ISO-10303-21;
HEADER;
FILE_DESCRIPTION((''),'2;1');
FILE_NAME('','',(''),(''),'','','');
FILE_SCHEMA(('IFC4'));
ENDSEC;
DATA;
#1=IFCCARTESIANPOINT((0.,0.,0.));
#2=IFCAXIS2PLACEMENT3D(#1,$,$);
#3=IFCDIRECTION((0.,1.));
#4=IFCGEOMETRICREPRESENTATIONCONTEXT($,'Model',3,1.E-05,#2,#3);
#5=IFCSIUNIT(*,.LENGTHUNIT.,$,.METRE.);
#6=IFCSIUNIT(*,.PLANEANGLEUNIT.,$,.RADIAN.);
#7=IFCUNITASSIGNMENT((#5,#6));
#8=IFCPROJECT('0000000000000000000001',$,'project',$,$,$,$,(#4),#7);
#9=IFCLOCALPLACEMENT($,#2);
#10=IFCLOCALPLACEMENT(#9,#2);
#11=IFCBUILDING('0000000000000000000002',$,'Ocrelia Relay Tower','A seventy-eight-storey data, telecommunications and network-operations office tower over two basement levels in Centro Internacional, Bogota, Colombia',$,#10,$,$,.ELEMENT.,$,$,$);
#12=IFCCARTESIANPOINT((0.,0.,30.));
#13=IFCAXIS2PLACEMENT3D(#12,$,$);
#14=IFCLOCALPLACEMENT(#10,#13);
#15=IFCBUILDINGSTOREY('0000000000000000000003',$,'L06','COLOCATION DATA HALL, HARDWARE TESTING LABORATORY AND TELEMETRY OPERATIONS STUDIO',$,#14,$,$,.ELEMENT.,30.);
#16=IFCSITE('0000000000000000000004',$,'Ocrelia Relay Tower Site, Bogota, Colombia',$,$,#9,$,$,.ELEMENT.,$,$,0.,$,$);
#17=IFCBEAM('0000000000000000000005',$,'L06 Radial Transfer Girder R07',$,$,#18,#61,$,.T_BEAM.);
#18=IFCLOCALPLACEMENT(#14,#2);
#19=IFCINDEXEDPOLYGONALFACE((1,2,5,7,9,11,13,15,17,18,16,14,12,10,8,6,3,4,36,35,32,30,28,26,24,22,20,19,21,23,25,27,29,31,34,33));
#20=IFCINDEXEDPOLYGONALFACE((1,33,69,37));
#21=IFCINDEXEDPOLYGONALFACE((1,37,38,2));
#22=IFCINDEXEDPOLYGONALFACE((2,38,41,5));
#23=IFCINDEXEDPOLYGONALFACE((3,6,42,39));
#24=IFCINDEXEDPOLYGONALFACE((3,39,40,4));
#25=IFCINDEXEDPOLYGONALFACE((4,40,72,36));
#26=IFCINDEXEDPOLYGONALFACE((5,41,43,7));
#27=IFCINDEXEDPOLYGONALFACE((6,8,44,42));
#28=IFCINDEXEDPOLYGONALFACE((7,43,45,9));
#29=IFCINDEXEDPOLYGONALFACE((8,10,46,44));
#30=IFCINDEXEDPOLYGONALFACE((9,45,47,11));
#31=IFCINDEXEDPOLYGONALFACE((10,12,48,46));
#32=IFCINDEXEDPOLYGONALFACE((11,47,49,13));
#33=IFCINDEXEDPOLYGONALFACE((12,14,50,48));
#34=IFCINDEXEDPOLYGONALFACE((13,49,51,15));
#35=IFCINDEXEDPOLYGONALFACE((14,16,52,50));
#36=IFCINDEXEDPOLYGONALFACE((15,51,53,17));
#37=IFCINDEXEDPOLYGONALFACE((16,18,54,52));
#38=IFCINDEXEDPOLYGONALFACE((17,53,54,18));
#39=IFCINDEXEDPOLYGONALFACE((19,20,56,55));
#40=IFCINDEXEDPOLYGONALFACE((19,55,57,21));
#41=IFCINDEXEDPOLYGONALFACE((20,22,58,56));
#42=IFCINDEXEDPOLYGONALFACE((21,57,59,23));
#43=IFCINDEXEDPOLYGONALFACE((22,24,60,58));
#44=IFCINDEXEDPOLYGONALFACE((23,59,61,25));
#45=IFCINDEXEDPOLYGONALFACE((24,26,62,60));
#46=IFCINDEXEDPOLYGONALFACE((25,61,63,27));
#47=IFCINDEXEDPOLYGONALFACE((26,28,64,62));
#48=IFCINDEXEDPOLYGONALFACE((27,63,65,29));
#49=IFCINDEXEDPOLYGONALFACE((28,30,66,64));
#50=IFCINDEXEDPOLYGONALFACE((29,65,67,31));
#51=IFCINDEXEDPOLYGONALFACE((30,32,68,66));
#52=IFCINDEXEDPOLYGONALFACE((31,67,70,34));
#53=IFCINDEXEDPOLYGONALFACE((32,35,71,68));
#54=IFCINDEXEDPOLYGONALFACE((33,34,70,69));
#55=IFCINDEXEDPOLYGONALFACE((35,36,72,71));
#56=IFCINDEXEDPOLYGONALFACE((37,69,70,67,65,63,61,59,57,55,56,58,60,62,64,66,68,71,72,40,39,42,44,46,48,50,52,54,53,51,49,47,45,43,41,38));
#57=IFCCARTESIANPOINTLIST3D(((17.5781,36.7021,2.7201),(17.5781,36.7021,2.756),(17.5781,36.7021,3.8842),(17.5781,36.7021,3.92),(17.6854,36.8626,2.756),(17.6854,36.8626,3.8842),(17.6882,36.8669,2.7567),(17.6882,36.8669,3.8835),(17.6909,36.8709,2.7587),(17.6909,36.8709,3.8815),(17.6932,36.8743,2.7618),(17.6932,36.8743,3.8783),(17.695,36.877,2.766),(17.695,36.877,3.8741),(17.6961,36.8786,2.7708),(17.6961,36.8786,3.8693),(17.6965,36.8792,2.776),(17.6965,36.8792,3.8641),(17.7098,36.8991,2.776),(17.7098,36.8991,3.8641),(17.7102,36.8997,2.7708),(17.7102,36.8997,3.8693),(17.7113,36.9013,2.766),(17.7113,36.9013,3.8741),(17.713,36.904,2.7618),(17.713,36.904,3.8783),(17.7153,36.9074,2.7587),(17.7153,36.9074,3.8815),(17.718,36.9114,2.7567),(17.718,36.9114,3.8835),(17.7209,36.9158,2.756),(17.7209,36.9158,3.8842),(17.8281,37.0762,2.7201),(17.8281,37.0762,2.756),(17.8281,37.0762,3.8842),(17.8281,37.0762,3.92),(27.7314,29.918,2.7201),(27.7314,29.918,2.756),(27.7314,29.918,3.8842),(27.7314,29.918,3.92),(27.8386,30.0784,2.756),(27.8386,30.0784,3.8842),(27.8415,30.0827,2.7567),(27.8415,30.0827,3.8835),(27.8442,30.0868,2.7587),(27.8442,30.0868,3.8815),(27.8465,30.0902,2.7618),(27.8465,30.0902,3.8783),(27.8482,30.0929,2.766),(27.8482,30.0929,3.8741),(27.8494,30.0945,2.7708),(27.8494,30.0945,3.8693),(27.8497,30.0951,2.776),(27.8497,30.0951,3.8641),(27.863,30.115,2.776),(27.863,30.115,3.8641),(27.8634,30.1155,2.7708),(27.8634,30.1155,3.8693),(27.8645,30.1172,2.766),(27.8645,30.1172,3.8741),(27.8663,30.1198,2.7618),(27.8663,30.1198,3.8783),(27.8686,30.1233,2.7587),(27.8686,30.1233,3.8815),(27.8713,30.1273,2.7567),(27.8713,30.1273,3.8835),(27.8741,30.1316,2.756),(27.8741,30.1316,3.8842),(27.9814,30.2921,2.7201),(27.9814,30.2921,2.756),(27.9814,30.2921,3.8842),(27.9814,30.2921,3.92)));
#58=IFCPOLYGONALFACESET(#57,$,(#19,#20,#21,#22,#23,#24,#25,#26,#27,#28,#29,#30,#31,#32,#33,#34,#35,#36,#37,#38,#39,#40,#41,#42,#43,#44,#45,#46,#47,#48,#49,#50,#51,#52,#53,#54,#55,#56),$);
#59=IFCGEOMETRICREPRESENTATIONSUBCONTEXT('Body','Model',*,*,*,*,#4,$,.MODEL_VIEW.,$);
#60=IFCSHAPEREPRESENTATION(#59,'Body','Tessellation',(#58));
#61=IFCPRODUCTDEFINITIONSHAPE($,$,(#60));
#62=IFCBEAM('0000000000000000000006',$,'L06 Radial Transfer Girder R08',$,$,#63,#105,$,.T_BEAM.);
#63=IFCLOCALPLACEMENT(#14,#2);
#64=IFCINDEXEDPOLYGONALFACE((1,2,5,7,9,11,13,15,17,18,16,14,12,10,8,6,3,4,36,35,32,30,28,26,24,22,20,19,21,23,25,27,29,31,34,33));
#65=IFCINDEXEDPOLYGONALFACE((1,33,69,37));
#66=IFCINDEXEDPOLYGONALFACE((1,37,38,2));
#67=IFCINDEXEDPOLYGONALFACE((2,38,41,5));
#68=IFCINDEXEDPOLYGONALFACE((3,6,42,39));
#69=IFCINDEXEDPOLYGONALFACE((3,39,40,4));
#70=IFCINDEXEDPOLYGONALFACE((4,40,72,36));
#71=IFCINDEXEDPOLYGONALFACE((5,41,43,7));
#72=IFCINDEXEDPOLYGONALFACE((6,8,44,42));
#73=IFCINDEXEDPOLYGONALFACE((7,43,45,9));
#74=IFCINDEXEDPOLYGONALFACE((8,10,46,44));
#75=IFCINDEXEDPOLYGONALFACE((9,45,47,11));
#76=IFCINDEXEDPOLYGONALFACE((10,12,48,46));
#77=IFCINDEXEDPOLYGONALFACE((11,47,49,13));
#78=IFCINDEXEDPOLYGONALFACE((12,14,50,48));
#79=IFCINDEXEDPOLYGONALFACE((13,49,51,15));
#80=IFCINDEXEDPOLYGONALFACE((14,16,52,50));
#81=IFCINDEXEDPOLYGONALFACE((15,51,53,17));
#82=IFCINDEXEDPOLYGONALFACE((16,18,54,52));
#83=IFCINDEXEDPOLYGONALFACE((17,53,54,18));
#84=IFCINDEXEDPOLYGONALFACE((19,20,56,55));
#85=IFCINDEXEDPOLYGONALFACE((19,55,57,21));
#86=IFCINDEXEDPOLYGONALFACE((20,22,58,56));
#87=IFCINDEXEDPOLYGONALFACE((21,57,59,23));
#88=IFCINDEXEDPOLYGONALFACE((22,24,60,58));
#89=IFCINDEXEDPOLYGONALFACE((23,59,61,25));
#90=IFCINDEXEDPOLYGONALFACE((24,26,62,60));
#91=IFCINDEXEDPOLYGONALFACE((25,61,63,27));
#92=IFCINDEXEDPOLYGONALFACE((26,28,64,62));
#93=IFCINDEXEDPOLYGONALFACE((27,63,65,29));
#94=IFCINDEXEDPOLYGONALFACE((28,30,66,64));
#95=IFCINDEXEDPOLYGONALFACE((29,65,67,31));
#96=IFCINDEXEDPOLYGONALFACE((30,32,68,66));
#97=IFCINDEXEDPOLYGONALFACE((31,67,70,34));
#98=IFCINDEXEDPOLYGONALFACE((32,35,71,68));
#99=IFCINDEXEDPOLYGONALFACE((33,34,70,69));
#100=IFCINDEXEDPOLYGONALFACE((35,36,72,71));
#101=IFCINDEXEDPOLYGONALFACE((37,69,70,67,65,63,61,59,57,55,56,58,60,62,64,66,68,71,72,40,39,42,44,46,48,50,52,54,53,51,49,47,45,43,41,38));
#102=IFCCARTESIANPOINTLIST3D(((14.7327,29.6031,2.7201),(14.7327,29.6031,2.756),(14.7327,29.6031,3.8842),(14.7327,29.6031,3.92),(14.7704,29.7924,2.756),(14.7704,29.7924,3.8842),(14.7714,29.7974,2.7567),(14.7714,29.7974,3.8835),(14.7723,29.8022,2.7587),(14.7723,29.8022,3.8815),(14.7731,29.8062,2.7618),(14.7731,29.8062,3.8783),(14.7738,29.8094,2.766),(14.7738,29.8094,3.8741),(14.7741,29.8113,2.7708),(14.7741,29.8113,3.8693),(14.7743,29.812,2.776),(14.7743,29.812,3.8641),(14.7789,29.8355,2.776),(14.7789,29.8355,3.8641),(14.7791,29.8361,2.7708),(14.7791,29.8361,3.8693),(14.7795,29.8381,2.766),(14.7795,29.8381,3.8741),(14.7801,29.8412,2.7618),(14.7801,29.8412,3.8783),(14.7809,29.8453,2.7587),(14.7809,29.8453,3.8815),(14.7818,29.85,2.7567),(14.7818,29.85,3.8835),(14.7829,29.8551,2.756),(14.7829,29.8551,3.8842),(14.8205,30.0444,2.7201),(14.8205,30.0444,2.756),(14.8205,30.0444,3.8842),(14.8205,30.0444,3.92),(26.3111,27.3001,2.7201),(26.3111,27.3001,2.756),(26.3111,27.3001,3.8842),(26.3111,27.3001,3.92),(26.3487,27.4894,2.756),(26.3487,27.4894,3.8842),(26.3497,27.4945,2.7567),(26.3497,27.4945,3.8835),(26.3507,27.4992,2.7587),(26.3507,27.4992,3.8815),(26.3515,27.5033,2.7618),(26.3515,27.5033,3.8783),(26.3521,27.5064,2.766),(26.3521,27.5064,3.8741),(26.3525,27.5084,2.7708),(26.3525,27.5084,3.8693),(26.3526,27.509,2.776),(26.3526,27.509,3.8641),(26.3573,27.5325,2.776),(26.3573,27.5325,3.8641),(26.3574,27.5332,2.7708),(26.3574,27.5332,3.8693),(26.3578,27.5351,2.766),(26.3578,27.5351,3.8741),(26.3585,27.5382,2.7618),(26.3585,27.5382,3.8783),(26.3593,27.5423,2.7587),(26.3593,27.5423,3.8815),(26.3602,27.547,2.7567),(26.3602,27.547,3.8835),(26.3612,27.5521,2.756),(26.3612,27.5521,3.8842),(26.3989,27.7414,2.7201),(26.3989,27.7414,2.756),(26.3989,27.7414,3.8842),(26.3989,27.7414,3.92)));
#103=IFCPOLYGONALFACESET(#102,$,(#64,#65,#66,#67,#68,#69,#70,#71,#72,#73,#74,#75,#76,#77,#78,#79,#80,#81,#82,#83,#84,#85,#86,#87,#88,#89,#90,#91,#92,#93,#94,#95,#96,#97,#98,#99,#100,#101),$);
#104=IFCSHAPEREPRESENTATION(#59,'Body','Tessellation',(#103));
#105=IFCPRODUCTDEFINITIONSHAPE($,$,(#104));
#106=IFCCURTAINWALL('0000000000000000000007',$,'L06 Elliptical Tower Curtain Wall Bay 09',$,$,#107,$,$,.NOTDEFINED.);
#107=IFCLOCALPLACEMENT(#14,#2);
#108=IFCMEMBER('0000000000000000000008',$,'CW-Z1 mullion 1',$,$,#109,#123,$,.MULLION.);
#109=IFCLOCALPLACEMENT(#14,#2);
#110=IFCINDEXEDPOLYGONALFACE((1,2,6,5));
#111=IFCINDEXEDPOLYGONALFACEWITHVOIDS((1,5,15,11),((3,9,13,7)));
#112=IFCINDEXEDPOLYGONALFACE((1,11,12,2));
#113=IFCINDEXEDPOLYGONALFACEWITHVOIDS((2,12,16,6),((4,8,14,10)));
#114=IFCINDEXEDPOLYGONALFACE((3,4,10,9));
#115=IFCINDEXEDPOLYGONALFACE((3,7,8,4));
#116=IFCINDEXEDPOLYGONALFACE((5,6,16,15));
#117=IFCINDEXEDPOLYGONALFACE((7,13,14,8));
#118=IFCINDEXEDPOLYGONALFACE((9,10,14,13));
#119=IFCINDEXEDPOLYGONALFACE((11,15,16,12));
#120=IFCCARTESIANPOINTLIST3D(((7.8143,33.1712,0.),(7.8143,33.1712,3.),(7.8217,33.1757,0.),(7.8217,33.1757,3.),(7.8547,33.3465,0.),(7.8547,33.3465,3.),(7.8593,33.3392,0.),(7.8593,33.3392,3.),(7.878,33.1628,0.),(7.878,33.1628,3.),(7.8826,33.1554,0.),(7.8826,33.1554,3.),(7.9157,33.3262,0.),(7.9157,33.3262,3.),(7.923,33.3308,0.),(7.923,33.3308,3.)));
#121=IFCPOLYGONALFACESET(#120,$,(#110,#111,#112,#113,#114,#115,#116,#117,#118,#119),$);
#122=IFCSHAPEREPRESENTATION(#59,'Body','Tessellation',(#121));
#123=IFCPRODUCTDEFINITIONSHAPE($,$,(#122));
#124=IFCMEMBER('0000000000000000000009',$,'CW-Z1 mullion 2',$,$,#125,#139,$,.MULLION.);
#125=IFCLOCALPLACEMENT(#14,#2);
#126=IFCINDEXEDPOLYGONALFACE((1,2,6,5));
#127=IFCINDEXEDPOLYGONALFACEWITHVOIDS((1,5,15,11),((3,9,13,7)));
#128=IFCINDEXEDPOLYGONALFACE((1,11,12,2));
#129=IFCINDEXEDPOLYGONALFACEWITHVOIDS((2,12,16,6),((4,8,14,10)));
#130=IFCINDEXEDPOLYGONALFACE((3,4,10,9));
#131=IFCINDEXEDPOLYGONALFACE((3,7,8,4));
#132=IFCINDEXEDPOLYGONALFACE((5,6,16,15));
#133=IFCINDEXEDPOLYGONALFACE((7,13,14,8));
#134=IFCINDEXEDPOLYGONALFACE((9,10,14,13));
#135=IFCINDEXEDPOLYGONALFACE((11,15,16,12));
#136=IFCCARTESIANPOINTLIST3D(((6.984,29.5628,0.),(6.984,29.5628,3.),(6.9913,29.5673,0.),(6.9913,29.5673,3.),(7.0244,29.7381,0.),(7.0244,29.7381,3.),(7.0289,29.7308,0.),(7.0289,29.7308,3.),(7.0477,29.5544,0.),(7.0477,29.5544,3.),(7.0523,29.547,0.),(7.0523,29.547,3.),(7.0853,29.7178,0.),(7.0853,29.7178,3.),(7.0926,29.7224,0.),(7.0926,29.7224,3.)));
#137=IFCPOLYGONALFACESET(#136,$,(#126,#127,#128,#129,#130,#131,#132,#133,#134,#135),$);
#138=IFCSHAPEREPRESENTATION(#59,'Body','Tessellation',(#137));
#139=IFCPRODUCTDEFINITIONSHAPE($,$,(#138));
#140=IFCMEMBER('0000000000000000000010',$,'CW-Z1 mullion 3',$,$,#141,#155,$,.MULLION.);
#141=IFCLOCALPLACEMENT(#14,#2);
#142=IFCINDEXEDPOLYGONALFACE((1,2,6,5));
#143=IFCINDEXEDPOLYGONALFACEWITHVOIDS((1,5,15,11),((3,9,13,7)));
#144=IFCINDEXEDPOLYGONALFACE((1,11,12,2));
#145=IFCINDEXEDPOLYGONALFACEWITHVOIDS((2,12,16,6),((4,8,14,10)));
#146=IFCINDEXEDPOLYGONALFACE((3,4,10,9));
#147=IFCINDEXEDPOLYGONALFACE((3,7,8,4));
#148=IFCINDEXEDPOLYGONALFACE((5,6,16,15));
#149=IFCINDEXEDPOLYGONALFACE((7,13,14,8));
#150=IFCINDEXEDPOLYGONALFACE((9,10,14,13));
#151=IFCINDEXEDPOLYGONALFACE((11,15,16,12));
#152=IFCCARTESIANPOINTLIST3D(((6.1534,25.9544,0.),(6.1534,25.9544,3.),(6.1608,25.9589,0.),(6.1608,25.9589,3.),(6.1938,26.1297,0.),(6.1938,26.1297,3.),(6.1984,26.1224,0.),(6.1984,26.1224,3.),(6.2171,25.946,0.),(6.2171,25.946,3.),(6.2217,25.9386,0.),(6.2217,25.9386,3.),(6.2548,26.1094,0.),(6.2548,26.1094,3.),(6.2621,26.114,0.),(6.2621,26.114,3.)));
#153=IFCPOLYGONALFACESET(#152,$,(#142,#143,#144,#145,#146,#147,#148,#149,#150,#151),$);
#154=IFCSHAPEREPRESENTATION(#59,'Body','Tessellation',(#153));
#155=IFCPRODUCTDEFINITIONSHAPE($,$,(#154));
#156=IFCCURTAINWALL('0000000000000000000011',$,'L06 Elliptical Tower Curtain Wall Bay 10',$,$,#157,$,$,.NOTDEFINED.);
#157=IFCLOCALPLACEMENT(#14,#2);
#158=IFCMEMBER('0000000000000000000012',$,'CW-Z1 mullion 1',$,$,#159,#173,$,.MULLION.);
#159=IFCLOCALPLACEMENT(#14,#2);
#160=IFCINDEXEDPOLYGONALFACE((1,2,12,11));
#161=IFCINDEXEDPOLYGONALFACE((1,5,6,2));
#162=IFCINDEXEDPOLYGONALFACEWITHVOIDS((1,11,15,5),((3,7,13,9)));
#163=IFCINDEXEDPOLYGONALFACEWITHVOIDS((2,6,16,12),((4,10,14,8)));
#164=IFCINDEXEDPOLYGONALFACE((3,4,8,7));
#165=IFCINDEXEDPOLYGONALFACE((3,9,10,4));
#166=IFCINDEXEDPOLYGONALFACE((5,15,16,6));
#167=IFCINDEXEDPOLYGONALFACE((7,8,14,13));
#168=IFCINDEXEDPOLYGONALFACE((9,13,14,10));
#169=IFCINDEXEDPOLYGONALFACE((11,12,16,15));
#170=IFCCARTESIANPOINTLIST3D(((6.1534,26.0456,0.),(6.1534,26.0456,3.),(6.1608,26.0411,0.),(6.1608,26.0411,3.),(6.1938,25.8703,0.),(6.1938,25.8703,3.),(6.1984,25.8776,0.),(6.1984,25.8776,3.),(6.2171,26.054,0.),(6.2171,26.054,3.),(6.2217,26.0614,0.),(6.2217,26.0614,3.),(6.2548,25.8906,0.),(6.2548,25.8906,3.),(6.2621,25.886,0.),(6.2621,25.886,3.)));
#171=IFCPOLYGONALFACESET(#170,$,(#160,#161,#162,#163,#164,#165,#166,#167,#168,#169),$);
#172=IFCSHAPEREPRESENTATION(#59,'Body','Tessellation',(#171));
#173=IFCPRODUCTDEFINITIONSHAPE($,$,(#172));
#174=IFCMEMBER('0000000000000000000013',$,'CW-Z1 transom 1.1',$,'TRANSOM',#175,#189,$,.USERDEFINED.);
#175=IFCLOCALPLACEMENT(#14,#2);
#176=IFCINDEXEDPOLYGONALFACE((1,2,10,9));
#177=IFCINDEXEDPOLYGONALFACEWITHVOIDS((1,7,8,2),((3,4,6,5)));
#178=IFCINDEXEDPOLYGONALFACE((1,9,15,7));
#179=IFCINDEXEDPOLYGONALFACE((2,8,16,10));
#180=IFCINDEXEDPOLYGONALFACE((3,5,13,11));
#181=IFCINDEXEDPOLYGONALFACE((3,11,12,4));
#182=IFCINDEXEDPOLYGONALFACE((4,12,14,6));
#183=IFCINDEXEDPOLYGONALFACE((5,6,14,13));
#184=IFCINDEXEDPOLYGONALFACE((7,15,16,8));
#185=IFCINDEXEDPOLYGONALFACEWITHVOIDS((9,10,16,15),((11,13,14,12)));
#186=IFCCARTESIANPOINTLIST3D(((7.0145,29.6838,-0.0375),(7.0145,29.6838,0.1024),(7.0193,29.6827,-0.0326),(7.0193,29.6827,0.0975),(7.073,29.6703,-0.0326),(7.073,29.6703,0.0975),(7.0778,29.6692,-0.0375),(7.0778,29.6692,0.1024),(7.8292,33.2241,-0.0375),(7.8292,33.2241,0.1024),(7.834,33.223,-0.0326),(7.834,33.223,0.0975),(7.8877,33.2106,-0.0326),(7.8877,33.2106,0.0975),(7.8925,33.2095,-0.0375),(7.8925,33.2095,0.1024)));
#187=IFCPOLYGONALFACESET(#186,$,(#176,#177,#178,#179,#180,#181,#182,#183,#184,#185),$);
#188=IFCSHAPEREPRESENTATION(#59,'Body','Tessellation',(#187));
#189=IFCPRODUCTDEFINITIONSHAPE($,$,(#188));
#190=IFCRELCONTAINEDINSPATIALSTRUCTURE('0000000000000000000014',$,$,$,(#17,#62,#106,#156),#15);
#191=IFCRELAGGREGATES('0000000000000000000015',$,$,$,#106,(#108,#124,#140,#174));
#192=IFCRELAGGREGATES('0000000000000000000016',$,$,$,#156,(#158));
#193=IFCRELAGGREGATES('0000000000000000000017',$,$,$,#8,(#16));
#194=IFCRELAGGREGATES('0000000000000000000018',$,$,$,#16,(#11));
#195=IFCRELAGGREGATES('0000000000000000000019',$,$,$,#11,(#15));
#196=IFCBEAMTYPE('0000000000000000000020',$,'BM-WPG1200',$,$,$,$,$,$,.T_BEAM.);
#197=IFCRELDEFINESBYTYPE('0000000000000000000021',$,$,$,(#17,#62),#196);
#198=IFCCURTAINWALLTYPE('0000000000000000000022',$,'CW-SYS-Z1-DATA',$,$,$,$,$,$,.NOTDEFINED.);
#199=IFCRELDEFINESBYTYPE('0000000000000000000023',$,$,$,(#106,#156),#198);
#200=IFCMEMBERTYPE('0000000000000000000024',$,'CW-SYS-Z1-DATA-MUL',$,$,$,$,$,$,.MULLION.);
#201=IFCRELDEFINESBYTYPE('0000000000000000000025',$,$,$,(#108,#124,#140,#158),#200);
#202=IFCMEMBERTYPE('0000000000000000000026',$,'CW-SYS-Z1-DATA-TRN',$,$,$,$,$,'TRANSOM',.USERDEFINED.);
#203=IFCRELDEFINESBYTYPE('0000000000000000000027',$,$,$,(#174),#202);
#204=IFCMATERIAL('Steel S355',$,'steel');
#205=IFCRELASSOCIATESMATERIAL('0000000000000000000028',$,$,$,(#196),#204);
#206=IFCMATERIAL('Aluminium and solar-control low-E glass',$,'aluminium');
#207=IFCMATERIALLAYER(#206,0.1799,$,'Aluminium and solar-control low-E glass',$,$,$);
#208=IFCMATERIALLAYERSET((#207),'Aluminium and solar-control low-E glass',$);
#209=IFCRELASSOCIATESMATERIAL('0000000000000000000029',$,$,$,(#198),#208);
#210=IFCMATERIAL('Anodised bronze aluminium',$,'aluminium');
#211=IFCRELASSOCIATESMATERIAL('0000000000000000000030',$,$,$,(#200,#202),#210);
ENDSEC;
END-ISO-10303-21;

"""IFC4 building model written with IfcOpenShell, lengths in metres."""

from ifc_helpers import new_model, si_unit, direction, frame, origin, origin_2d, place, context, subcontext, project, spatial, hollow_rectangle, i_section, extrude, material, layer, layer_set, material_profile, profile_set, type_object, element, aggregate, save


model = new_model("IFC4")

# Units and contexts
model_context = context("Model", 3, precision=1e-05, world=origin(), true_north=direction((0.0, 1.0)))
body_context = subcontext(model_context, "Body", "Model", "MODEL_VIEW")
ifc_project = project(units=[si_unit("LENGTHUNIT", "METRE"), si_unit("PLANEANGLEUNIT", "RADIAN")], contexts=[model_context])

# Site, building, storey
site_placement = place(None, origin())
site = spatial("IfcSite", under=ifc_project, at=site_placement, Name="Ocrelia Relay Tower Site, Bogota, Colombia", CompositionType="ELEMENT", RefElevation=0.0)
building_placement = place(site_placement, origin())
building = spatial("IfcBuilding", under=site, at=building_placement, Name="Ocrelia Relay Tower", Description="A seventy-eight-storey data, telecommunications and network-operations office tower over two basement levels in Centro Internacional, Bogota, Colombia", CompositionType="ELEMENT")
storey_placement = place(building_placement, frame((0.0, 0.0, 30.0)))
storey = spatial("IfcBuildingStorey", under=building, at=storey_placement, Name="L06", Description="COLOCATION DATA HALL, HARDWARE TESTING LABORATORY AND TELEMETRY OPERATIONS STUDIO", CompositionType="ELEMENT", Elevation=30.0)

# Beams
ifc_material_1 = material(Name="Steel S355", Category="steel")
ifc_material_profile_1 = material_profile(ifc_material_1, i_section(OverallWidth=0.45, OverallDepth=1.2, WebThickness=0.0239, FlangeThickness=0.0359, FilletRadius=0.02, at=origin_2d()), Name="WPG 1200x450")
ifc_profile_set_1 = profile_set([ifc_material_profile_1], Name="Steel S355")
beam_type_1 = type_object("IfcBeamType", Name="BM-WPG1200", PredefinedType="T_BEAM", material=ifc_profile_set_1)
beam_1_placement = place(storey_placement, frame((17.7031, 36.8892, 3.3201), z_axis=(0.831472, -0.555567, 0.0), x_axis=(0.555567, 0.831472, 0.0)))
element("IfcBeam", 1, at=beam_1_placement, inside=storey, type_object=beam_type_1, Name="L06 Radial Transfer Girder R07", PredefinedType="T_BEAM", context=body_context, shape_type="SweptSolid", body=[
    extrude(i_section(OverallWidth=0.45, OverallDepth=1.2, WebThickness=0.0239, FlangeThickness=0.0359, FilletRadius=0.02, at=origin_2d()), origin(), (0.0, 0.0, 1.0), 12.2112),
])
beam_2_placement = place(storey_placement, frame((14.7766, 29.8237, 3.3201), z_axis=(0.980787, -0.195082, 0.0), x_axis=(0.195082, 0.980787, 0.0)))
element("IfcBeam", 2, at=beam_2_placement, inside=storey, type_object=beam_type_1, Name="L06 Radial Transfer Girder R08", PredefinedType="T_BEAM", context=body_context, shape_type="SweptSolid", body=[
    extrude(i_section(OverallWidth=0.45, OverallDepth=1.2, WebThickness=0.0239, FlangeThickness=0.0359, FilletRadius=0.02, at=origin_2d()), origin(), (0.0, 0.0, 1.0), 11.8052),
])

# Curtain wall, members
ifc_material_2 = material(Name="Aluminium and solar-control low-E glass", Category="aluminium")
ifc_layer_1 = layer(ifc_material_2, 0.1799, Name="Aluminium and solar-control low-E glass")
ifc_layer_set_1 = layer_set([ifc_layer_1], Name="Aluminium and solar-control low-E glass")
curtain_wall_type = type_object("IfcCurtainWallType", Name="CW-SYS-Z1-DATA", PredefinedType="NOTDEFINED", material=ifc_layer_set_1)
curtain_wall_1_placement = place(storey_placement, origin())
curtain_wall_1 = element("IfcCurtainWall", 3, at=curtain_wall_1_placement, inside=storey, type_object=curtain_wall_type, Name="L06 Elliptical Tower Curtain Wall Bay 09", PredefinedType="NOTDEFINED")
ifc_material_3 = material(Name="Anodised bronze aluminium", Category="aluminium")
ifc_material_profile_2 = material_profile(ifc_material_3, hollow_rectangle(XDim=0.0701, YDim=0.1799, WallThickness=0.0061, at=origin_2d()), Name="CW-MUL-180x70")
ifc_profile_set_2 = profile_set([ifc_material_profile_2], Name="Anodised bronze aluminium")
member_type_1 = type_object("IfcMemberType", Name="CW-SYS-Z1-DATA-MUL", PredefinedType="MULLION", material=ifc_profile_set_2)
member_1_placement = place(storey_placement, frame((7.8687, 33.251, 0.0), z_axis=(0.0, 0.0, 1.0), x_axis=(0.974527, -0.224268, 0.0)))
member_1 = element("IfcMember", 4, at=member_1_placement, type_object=member_type_1, Name="CW-Z1 mullion 1", PredefinedType="MULLION", context=body_context, shape_type="SweptSolid", body=[
    extrude(hollow_rectangle(XDim=0.0701, YDim=0.1799, WallThickness=0.0061, at=origin_2d()), origin(), (0.0, 0.0, 1.0), 3.0),
])
member_2_placement = place(storey_placement, frame((7.0383, 29.6426, 0.0), z_axis=(0.0, 0.0, 1.0), x_axis=(0.974527, -0.224268, 0.0)))
member_2 = element("IfcMember", 5, at=member_2_placement, type_object=member_type_1, Name="CW-Z1 mullion 2", PredefinedType="MULLION", context=body_context, shape_type="SweptSolid", body=[
    extrude(hollow_rectangle(XDim=0.0701, YDim=0.1799, WallThickness=0.0061, at=origin_2d()), origin(), (0.0, 0.0, 1.0), 3.0),
])
member_3_placement = place(storey_placement, frame((6.2078, 26.0342, 0.0), z_axis=(0.0, 0.0, 1.0), x_axis=(0.974527, -0.224268, 0.0)))
member_3 = element("IfcMember", 6, at=member_3_placement, type_object=member_type_1, Name="CW-Z1 mullion 3", PredefinedType="MULLION", context=body_context, shape_type="SweptSolid", body=[
    extrude(hollow_rectangle(XDim=0.0701, YDim=0.1799, WallThickness=0.0061, at=origin_2d()), origin(), (0.0, 0.0, 1.0), 3.0),
])

# Curtain wall, member
curtain_wall_2_placement = place(storey_placement, origin())
curtain_wall_2 = element("IfcCurtainWall", 7, at=curtain_wall_2_placement, inside=storey, type_object=curtain_wall_type, Name="L06 Elliptical Tower Curtain Wall Bay 10", PredefinedType="NOTDEFINED")
member_4_placement = place(storey_placement, frame((6.2078, 25.9658, 0.0), z_axis=(0.0, 0.0, 1.0), x_axis=(0.974527, 0.224268, 0.0)))
member_4 = element("IfcMember", 8, at=member_4_placement, type_object=member_type_1, Name="CW-Z1 mullion 1", PredefinedType="MULLION", context=body_context, shape_type="SweptSolid", body=[
    extrude(hollow_rectangle(XDim=0.0701, YDim=0.1799, WallThickness=0.0061, at=origin_2d()), origin(), (0.0, 0.0, 1.0), 3.0),
])

# Member
ifc_material_profile_3 = material_profile(ifc_material_3, hollow_rectangle(XDim=0.0649, YDim=0.1399, WallThickness=0.0049, at=origin_2d()), Name="CW-TRN-140x65")
ifc_profile_set_3 = profile_set([ifc_material_profile_3], Name="Anodised bronze aluminium")
member_type_2 = type_object("IfcMemberType", Name="CW-SYS-Z1-DATA-TRN", ElementType="TRANSOM", PredefinedType="USERDEFINED", material=ifc_profile_set_3)
member_5_placement = place(storey_placement, frame((7.8608, 33.2168, 0.0325), z_axis=(-0.224261, -0.974529, 0.0), x_axis=(0.974529, -0.224261, 0.0)))
member_5 = element("IfcMember", 9, at=member_5_placement, type_object=member_type_2, Name="CW-Z1 transom 1.1", ObjectType="TRANSOM", PredefinedType="USERDEFINED", context=body_context, shape_type="SweptSolid", body=[
    extrude(hollow_rectangle(XDim=0.0649, YDim=0.1399, WallThickness=0.0049, at=origin_2d()), origin(), (0.0, 0.0, 1.0), 3.6328),
])

aggregate(curtain_wall_1, [member_1, member_2, member_3, member_5])
aggregate(curtain_wall_2, [member_4])

save(model, "model.ifc")
